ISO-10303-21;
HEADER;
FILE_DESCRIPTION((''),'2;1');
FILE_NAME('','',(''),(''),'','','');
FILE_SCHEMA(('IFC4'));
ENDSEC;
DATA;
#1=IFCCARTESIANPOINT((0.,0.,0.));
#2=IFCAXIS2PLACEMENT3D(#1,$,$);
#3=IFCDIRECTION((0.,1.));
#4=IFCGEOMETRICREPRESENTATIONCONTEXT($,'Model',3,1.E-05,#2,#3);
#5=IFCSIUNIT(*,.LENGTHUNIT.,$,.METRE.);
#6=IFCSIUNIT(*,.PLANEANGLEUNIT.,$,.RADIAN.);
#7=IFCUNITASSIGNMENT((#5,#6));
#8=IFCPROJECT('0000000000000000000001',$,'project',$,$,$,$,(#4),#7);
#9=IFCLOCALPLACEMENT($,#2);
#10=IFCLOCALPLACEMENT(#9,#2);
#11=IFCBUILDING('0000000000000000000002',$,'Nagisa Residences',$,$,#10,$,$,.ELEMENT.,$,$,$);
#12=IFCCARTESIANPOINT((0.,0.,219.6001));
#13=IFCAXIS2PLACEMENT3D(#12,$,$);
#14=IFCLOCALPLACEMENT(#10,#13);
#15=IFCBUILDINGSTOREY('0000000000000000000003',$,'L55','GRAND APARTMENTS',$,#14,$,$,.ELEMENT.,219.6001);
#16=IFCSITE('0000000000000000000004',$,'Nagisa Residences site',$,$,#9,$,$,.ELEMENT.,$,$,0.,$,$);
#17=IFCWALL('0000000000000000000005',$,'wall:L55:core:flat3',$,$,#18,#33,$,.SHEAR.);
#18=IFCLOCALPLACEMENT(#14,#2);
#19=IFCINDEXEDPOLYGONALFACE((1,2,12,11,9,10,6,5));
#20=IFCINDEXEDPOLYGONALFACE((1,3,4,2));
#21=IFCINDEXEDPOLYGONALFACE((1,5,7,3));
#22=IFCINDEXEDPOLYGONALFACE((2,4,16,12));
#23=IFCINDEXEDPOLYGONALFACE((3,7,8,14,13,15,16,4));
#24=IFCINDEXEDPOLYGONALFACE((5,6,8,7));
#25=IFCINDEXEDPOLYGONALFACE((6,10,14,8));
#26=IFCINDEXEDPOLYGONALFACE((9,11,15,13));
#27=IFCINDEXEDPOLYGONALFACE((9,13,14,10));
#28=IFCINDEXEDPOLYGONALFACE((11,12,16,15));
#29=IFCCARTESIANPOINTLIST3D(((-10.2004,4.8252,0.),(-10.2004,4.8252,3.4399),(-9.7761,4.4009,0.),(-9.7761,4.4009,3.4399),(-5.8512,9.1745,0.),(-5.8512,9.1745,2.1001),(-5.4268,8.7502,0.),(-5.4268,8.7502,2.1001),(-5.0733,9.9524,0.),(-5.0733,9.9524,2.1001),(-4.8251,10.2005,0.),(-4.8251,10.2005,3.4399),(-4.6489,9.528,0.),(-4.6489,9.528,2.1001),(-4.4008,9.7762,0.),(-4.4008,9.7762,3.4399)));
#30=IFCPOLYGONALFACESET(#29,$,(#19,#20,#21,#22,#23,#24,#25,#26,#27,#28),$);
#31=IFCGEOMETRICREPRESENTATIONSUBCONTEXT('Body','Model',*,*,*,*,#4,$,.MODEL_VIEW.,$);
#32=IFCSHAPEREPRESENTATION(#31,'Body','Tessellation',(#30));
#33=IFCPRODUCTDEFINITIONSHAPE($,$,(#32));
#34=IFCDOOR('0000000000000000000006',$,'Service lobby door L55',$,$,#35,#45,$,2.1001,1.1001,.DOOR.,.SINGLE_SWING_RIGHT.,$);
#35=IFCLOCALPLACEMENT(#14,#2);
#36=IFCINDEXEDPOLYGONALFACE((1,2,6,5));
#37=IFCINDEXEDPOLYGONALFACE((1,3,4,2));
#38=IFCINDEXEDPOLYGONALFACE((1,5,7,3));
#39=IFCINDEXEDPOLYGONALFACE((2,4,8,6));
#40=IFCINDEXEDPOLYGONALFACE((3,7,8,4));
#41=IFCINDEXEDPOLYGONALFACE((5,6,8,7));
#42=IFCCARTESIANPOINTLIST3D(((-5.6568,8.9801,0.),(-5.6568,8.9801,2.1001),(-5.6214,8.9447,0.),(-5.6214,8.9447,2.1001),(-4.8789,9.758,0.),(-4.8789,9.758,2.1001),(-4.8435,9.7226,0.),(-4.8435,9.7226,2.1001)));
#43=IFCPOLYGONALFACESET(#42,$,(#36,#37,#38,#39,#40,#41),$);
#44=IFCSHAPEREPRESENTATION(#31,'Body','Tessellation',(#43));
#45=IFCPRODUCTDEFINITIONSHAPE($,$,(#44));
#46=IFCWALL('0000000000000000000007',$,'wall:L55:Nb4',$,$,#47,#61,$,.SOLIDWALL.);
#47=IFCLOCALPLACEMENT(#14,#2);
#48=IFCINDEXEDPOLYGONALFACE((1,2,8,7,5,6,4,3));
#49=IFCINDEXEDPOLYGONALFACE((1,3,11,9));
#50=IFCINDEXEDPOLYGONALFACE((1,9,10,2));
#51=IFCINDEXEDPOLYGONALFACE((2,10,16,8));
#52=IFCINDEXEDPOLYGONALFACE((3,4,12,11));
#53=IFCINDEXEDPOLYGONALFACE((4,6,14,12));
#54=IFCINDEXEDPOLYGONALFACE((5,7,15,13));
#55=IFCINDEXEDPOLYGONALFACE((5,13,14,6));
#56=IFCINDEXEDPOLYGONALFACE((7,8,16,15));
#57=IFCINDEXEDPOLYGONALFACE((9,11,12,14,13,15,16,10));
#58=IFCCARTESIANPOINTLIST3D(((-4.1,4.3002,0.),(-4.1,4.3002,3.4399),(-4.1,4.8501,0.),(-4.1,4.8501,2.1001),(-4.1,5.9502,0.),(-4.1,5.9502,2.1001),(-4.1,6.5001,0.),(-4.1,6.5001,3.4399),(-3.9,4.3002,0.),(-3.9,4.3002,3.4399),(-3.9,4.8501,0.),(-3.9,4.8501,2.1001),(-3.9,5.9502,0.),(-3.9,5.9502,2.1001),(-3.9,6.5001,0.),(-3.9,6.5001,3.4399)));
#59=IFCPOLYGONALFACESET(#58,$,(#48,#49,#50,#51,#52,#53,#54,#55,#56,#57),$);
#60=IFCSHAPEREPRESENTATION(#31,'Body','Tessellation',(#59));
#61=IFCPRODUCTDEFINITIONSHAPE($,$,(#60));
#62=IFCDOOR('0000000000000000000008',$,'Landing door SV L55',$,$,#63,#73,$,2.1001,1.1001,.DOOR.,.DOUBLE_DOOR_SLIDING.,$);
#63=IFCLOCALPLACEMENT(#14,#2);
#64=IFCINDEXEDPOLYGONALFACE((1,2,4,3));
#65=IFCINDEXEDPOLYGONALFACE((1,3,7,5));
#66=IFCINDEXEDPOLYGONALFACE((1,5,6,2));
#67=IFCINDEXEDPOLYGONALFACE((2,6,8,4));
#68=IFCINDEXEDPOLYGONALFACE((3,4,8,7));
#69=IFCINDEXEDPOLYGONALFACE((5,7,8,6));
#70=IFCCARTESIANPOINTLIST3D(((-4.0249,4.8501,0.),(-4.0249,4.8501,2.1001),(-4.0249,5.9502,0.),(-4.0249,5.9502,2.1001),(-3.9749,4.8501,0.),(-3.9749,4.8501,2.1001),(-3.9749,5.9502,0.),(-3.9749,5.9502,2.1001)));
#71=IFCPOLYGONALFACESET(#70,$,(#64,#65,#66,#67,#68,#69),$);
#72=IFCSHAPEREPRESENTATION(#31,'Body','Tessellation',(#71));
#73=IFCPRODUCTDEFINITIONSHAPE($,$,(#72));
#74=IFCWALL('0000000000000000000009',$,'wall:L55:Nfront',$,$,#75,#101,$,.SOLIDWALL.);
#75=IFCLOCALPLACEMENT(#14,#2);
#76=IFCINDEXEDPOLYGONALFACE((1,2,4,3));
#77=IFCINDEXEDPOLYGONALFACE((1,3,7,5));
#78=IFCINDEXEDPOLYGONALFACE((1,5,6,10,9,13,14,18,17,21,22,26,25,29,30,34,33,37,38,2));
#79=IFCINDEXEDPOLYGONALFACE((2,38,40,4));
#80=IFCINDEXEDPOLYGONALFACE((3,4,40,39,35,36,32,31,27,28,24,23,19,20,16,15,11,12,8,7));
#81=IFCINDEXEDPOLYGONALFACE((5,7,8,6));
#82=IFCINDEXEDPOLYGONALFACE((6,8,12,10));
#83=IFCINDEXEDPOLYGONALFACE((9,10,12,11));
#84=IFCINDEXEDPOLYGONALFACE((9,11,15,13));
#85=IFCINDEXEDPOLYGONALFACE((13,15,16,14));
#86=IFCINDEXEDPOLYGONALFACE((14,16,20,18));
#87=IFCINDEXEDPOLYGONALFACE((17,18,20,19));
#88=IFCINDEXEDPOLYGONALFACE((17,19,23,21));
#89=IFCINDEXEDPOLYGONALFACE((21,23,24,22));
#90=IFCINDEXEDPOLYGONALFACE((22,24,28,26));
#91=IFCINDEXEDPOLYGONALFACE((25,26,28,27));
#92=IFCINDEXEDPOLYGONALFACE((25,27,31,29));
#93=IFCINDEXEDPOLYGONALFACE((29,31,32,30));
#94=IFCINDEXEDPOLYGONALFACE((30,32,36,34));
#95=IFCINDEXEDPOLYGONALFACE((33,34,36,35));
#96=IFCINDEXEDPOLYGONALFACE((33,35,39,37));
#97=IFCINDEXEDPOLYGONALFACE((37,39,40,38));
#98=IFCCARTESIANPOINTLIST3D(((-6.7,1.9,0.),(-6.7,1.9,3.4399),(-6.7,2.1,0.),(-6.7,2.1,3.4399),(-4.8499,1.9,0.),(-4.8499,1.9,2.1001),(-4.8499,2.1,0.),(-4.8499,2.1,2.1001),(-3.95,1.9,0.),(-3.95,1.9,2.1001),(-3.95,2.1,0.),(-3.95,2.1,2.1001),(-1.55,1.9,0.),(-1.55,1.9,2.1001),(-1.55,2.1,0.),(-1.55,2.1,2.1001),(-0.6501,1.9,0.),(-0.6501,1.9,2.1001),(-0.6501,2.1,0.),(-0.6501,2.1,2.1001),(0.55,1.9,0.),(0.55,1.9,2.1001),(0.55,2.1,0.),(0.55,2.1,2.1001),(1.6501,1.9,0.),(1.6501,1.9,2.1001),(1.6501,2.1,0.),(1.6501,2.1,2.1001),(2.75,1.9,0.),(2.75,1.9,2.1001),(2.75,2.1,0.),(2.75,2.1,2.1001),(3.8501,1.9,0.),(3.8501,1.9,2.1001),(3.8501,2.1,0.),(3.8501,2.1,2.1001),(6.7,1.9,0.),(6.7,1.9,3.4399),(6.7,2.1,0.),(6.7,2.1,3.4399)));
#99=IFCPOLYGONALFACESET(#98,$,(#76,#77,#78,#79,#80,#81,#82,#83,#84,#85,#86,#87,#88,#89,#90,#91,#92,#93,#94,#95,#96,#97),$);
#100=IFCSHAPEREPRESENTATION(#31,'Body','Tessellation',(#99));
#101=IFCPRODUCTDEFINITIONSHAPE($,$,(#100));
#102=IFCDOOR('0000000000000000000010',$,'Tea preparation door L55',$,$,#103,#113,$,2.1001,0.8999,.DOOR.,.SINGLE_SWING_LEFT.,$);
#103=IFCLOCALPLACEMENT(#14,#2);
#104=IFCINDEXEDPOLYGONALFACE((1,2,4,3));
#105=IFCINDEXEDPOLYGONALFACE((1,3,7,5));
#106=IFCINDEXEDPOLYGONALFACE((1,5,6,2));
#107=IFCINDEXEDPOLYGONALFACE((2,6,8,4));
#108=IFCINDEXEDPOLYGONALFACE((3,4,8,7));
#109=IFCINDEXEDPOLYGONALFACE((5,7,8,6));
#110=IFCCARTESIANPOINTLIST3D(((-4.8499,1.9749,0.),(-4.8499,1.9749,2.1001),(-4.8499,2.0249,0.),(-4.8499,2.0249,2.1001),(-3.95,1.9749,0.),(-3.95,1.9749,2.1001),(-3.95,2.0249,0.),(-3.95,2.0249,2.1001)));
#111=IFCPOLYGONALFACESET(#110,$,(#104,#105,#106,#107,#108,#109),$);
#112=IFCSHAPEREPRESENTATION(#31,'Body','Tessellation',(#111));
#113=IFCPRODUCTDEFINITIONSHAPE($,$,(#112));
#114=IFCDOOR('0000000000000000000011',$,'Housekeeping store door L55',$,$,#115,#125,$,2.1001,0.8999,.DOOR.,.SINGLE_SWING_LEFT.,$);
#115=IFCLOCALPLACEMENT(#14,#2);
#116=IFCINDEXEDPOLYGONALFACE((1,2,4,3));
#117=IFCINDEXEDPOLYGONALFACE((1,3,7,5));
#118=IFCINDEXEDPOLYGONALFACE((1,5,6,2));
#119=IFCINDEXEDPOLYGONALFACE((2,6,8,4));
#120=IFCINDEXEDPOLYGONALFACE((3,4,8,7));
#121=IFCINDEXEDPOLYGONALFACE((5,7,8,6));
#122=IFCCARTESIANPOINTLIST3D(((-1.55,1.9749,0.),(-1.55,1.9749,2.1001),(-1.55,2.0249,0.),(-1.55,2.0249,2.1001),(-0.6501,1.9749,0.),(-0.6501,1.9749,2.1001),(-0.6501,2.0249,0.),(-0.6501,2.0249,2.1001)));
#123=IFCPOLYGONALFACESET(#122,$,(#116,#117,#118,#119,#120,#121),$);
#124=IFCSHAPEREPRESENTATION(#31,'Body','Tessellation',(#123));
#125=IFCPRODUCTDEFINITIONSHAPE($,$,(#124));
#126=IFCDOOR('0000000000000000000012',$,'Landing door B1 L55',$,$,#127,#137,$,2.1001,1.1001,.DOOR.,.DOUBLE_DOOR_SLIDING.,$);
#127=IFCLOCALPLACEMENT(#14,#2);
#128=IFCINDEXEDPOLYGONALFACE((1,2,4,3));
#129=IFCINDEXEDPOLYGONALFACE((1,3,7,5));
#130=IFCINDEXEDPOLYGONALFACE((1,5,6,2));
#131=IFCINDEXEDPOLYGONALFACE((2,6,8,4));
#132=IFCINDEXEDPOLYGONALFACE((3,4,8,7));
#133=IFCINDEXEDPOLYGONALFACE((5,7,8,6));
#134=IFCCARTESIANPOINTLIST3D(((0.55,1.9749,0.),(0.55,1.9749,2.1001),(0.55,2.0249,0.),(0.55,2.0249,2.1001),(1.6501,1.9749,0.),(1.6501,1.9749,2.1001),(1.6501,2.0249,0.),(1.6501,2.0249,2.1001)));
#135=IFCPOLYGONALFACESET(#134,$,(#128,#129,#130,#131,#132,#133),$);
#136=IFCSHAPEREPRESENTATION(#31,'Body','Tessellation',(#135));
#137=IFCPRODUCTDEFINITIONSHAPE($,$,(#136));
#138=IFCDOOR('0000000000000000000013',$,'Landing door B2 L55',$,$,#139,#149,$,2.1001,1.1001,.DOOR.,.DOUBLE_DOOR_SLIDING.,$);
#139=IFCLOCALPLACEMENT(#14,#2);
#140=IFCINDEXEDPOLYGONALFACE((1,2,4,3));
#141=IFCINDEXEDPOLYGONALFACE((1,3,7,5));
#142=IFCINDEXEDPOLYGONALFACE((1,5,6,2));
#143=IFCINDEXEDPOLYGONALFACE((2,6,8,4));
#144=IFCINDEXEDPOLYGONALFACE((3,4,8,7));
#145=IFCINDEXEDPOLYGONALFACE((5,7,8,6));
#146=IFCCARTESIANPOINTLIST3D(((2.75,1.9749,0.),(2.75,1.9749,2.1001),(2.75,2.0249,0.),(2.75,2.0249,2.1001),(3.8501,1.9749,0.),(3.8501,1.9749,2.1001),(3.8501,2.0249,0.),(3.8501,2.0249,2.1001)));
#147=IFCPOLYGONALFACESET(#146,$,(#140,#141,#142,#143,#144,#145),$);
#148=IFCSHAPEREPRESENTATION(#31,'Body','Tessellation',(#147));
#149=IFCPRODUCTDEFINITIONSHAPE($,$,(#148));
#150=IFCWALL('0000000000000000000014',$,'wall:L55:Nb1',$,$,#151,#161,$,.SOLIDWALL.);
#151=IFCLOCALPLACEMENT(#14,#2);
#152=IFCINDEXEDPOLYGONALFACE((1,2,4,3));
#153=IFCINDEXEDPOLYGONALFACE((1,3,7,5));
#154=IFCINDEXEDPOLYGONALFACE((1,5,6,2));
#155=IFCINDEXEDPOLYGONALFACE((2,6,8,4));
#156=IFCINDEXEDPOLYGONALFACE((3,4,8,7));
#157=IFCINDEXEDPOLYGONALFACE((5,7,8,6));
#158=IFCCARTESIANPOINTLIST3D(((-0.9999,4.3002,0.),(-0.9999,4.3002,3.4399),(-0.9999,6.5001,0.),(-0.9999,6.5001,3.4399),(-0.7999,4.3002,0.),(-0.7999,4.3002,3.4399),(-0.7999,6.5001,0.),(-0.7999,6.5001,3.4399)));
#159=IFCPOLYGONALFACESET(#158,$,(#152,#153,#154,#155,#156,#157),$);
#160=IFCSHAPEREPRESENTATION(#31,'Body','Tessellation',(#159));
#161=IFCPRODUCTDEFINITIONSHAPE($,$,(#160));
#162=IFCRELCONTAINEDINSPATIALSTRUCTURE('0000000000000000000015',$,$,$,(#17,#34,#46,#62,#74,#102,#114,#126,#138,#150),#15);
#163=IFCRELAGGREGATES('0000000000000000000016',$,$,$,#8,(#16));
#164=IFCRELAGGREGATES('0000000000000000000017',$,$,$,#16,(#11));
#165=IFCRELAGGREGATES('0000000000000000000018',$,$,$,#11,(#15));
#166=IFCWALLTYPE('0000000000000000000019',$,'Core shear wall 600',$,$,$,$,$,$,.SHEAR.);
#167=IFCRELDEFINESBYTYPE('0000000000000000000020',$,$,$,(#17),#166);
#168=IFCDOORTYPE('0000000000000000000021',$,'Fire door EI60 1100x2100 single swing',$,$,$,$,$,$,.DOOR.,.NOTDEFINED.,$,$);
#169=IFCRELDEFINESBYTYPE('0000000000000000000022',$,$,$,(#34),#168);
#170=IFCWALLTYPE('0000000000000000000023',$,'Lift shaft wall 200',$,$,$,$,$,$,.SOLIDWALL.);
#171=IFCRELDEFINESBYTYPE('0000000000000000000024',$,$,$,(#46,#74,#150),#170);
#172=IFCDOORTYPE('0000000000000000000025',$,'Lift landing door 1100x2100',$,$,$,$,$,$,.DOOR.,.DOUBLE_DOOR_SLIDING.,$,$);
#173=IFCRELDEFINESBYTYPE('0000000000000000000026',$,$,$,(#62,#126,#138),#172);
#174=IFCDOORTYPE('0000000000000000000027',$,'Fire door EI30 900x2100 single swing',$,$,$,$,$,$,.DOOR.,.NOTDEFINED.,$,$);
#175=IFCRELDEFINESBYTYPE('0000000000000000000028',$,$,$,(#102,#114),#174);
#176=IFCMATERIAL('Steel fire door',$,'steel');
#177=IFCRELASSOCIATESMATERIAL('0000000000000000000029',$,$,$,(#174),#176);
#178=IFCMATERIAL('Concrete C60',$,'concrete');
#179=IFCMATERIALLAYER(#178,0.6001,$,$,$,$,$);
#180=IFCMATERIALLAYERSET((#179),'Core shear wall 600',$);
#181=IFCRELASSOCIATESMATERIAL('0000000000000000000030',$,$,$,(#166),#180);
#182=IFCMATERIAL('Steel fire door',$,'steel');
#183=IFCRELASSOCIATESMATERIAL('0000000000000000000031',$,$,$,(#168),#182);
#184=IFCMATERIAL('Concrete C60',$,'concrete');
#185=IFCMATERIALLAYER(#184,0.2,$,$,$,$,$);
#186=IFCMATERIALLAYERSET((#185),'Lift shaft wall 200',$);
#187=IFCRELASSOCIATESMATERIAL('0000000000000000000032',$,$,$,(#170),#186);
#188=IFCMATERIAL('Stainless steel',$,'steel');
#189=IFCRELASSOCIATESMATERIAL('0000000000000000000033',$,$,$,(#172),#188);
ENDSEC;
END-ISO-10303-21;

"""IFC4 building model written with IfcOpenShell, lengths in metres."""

from ifc_helpers import new_model, si_unit, direction, frame, frame_2d, origin, place, context, subcontext, project, spatial, rectangle, extrude, material, layer, layer_set, type_object, element, fill, save


model = new_model("IFC4")

# Units and contexts
model_context = context("Model", 3, precision=1e-05, world=origin(), true_north=direction((0.0, 1.0)))
body_context = subcontext(model_context, "Body", "Model", "MODEL_VIEW")
ifc_project = project(units=[si_unit("LENGTHUNIT", "METRE"), si_unit("PLANEANGLEUNIT", "RADIAN")], contexts=[model_context])

# Site, building, storey
site_placement = place(None, origin())
site = spatial("IfcSite", under=ifc_project, at=site_placement, Name="Nagisa Residences site", CompositionType="ELEMENT", RefElevation=0.0)
building_placement = place(site_placement, origin())
building = spatial("IfcBuilding", under=site, at=building_placement, Name="Nagisa Residences", CompositionType="ELEMENT")
storey_placement = place(building_placement, frame((0.0, 0.0, 219.6001)))
storey = spatial("IfcBuildingStorey", under=building, at=storey_placement, Name="L55", Description="GRAND APARTMENTS", CompositionType="ELEMENT", Elevation=219.6001)

# Shared definitions
ifc_material_1 = material(Name="Steel fire door", Category="steel")
door_type_1 = type_object("IfcDoorType", Name="Fire door EI30 900x2100 single swing", OperationType="NOTDEFINED", PredefinedType="DOOR", material=ifc_material_1)

# Walls, openings, doors
ifc_material_2 = material(Name="Concrete C60", Category="concrete")
ifc_layer_1 = layer(ifc_material_2, 0.6001)
ifc_layer_set_1 = layer_set([ifc_layer_1], Name="Core shear wall 600")
wall_type_1 = type_object("IfcWallType", Name="Core shear wall 600", PredefinedType="SHEAR", material=ifc_layer_set_1)
wall_1_placement = place(storey_placement, frame((-4.613, 9.9883, 0.0), z_axis=(0.0, 0.0, 1.0), x_axis=(-0.707107, -0.707107, 0.0)))
wall_1 = element("IfcWall", 1, at=wall_1_placement, inside=storey, type_object=wall_type_1, Name="wall:L55:core:flat3", PredefinedType="SHEAR", context=body_context, shape_type="SweptSolid", body=[
    extrude(rectangle(XDim=7.6018, YDim=0.6001, at=frame_2d((3.8008, 0.0))), origin(), (0.0, 0.0, 1.0), 3.4399),
])
opening_1_placement = place(wall_1_placement, frame((0.3508, 0.0, 0.0)))
opening_1 = element("IfcOpeningElement", 2, at=opening_1_placement, cuts=wall_1, PredefinedType="OPENING", context=body_context, shape_type="SweptSolid", body=[
    extrude(rectangle(XDim=1.1001, YDim=2.1001, at=frame_2d((0.55, 1.05))), frame((0.0, 0.3101, 0.0), z_axis=(0.0, -1.0, 0.0), x_axis=(1.0, 0.0, 0.0)), (0.0, 0.0, 1.0), 0.6201),
])
ifc_material_3 = material(Name="Steel fire door", Category="steel")
door_type_2 = type_object("IfcDoorType", Name="Fire door EI60 1100x2100 single swing", OperationType="NOTDEFINED", PredefinedType="DOOR", material=ifc_material_3)
door_1_placement = place(opening_1_placement, origin())
door_1 = element("IfcDoor", 3, at=door_1_placement, inside=storey, type_object=door_type_2, Name="Service lobby door L55", OperationType="SINGLE_SWING_RIGHT", OverallHeight=2.1001, OverallWidth=1.1001, PredefinedType="DOOR", context=body_context, shape_type="SweptSolid", body=[
    extrude(rectangle(XDim=1.1001, YDim=2.1001, at=frame_2d((0.55, 1.05))), frame((0.0, 0.0249, 0.0), z_axis=(0.0, -1.0, 0.0), x_axis=(1.0, 0.0, 0.0)), (0.0, 0.0, 1.0), 0.05),
])
fill(opening_1, door_1)
ifc_material_4 = material(Name="Concrete C60", Category="concrete")
ifc_layer_2 = layer(ifc_material_4, 0.2)
ifc_layer_set_2 = layer_set([ifc_layer_2], Name="Lift shaft wall 200")
wall_type_2 = type_object("IfcWallType", Name="Lift shaft wall 200", PredefinedType="SOLIDWALL", material=ifc_layer_set_2)
wall_2_placement = place(storey_placement, frame((-4.0, 4.3, 0.0), z_axis=(0.0, 0.0, 1.0), x_axis=(0.0, 1.0, 0.0)))
wall_2 = element("IfcWall", 4, at=wall_2_placement, inside=storey, type_object=wall_type_2, Name="wall:L55:Nb4", PredefinedType="SOLIDWALL", context=body_context, shape_type="SweptSolid", body=[
    extrude(rectangle(XDim=2.2, YDim=0.2, at=frame_2d((1.1001, 0.0))), origin(), (0.0, 0.0, 1.0), 3.4399),
])
opening_2_placement = place(wall_2_placement, frame((0.55, 0.0, 0.0)))
opening_2 = element("IfcOpeningElement", 5, at=opening_2_placement, cuts=wall_2, PredefinedType="OPENING", context=body_context, shape_type="SweptSolid", body=[
    extrude(rectangle(XDim=1.1001, YDim=2.1001, at=frame_2d((0.55, 1.05))), frame((0.0, 0.1099, 0.0), z_axis=(0.0, -1.0, 0.0), x_axis=(1.0, 0.0, 0.0)), (0.0, 0.0, 1.0), 0.22),
])
ifc_material_5 = material(Name="Stainless steel", Category="steel")
door_type_3 = type_object("IfcDoorType", Name="Lift landing door 1100x2100", OperationType="DOUBLE_DOOR_SLIDING", PredefinedType="DOOR", material=ifc_material_5)
door_2_placement = place(opening_2_placement, origin())
door_2 = element("IfcDoor", 6, at=door_2_placement, inside=storey, type_object=door_type_3, Name="Landing door SV L55", OperationType="DOUBLE_DOOR_SLIDING", OverallHeight=2.1001, OverallWidth=1.1001, PredefinedType="DOOR", context=body_context, shape_type="SweptSolid", body=[
    extrude(rectangle(XDim=1.1001, YDim=2.1001, at=frame_2d((0.55, 1.05))), frame((0.0, 0.0249, 0.0), z_axis=(0.0, -1.0, 0.0), x_axis=(1.0, 0.0, 0.0)), (0.0, 0.0, 1.0), 0.05),
])
fill(opening_2, door_2)

# Wall, openings, doors
wall_3_placement = place(storey_placement, frame((-6.7, 2.0, 0.0), z_axis=(0.0, 0.0, 1.0), x_axis=(1.0, 0.0, 0.0)))
wall_3 = element("IfcWall", 7, at=wall_3_placement, inside=storey, type_object=wall_type_2, Name="wall:L55:Nfront", PredefinedType="SOLIDWALL", context=body_context, shape_type="SweptSolid", body=[
    extrude(rectangle(XDim=13.3999, YDim=0.2, at=frame_2d((6.7, 0.0))), origin(), (0.0, 0.0, 1.0), 3.4399),
])
opening_3_placement = place(wall_3_placement, frame((7.25, 0.0, 0.0)))
opening_3 = element("IfcOpeningElement", 8, at=opening_3_placement, cuts=wall_3, PredefinedType="OPENING", context=body_context, shape_type="SweptSolid", body=[
    extrude(rectangle(XDim=1.1001, YDim=2.1001, at=frame_2d((0.55, 1.05))), frame((0.0, 0.1099, 0.0), z_axis=(0.0, -1.0, 0.0), x_axis=(1.0, 0.0, 0.0)), (0.0, 0.0, 1.0), 0.22),
])
opening_4_placement = place(wall_3_placement, frame((9.45, 0.0, 0.0)))
opening_4 = element("IfcOpeningElement", 9, at=opening_4_placement, cuts=wall_3, PredefinedType="OPENING", context=body_context, shape_type="SweptSolid", body=[
    extrude(rectangle(XDim=1.1001, YDim=2.1001, at=frame_2d((0.55, 1.05))), frame((0.0, 0.1099, 0.0), z_axis=(0.0, -1.0, 0.0), x_axis=(1.0, 0.0, 0.0)), (0.0, 0.0, 1.0), 0.22),
])
opening_5_placement = place(wall_3_placement, frame((1.8501, 0.0, 0.0)))
opening_5 = element("IfcOpeningElement", 10, at=opening_5_placement, cuts=wall_3, PredefinedType="OPENING", context=body_context, shape_type="SweptSolid", body=[
    extrude(rectangle(XDim=0.8999, YDim=2.1001, at=frame_2d((0.45, 1.05))), frame((0.0, 0.1099, 0.0), z_axis=(0.0, -1.0, 0.0), x_axis=(1.0, 0.0, 0.0)), (0.0, 0.0, 1.0), 0.22),
])
opening_6_placement = place(wall_3_placement, frame((5.1499, 0.0, 0.0)))
opening_6 = element("IfcOpeningElement", 11, at=opening_6_placement, cuts=wall_3, PredefinedType="OPENING", context=body_context, shape_type="SweptSolid", body=[
    extrude(rectangle(XDim=0.8999, YDim=2.1001, at=frame_2d((0.45, 1.05))), frame((0.0, 0.1099, 0.0), z_axis=(0.0, -1.0, 0.0), x_axis=(1.0, 0.0, 0.0)), (0.0, 0.0, 1.0), 0.22),
])
door_3_placement = place(opening_5_placement, origin())
door_3 = element("IfcDoor", 12, at=door_3_placement, inside=storey, type_object=door_type_1, Name="Tea preparation door L55", OperationType="SINGLE_SWING_LEFT", OverallHeight=2.1001, OverallWidth=0.8999, PredefinedType="DOOR", context=body_context, shape_type="SweptSolid", body=[
    extrude(rectangle(XDim=0.8999, YDim=2.1001, at=frame_2d((0.45, 1.05))), frame((0.0, 0.0249, 0.0), z_axis=(0.0, -1.0, 0.0), x_axis=(1.0, 0.0, 0.0)), (0.0, 0.0, 1.0), 0.05),
])
fill(opening_5, door_3)
door_4_placement = place(opening_6_placement, origin())
door_4 = element("IfcDoor", 13, at=door_4_placement, inside=storey, type_object=door_type_1, Name="Housekeeping store door L55", OperationType="SINGLE_SWING_LEFT", OverallHeight=2.1001, OverallWidth=0.8999, PredefinedType="DOOR", context=body_context, shape_type="SweptSolid", body=[
    extrude(rectangle(XDim=0.8999, YDim=2.1001, at=frame_2d((0.45, 1.05))), frame((0.0, 0.0249, 0.0), z_axis=(0.0, -1.0, 0.0), x_axis=(1.0, 0.0, 0.0)), (0.0, 0.0, 1.0), 0.05),
])
fill(opening_6, door_4)
door_5_placement = place(opening_3_placement, origin())
door_5 = element("IfcDoor", 14, at=door_5_placement, inside=storey, type_object=door_type_3, Name="Landing door B1 L55", OperationType="DOUBLE_DOOR_SLIDING", OverallHeight=2.1001, OverallWidth=1.1001, PredefinedType="DOOR", context=body_context, shape_type="SweptSolid", body=[
    extrude(rectangle(XDim=1.1001, YDim=2.1001, at=frame_2d((0.55, 1.05))), frame((0.0, 0.0249, 0.0), z_axis=(0.0, -1.0, 0.0), x_axis=(1.0, 0.0, 0.0)), (0.0, 0.0, 1.0), 0.05),
])
fill(opening_3, door_5)
door_6_placement = place(opening_4_placement, origin())
door_6 = element("IfcDoor", 15, at=door_6_placement, inside=storey, type_object=door_type_3, Name="Landing door B2 L55", OperationType="DOUBLE_DOOR_SLIDING", OverallHeight=2.1001, OverallWidth=1.1001, PredefinedType="DOOR", context=body_context, shape_type="SweptSolid", body=[
    extrude(rectangle(XDim=1.1001, YDim=2.1001, at=frame_2d((0.55, 1.05))), frame((0.0, 0.0249, 0.0), z_axis=(0.0, -1.0, 0.0), x_axis=(1.0, 0.0, 0.0)), (0.0, 0.0, 1.0), 0.05),
])
fill(opening_4, door_6)

# Wall
wall_4_placement = place(storey_placement, frame((-0.8999, 4.3, 0.0), z_axis=(0.0, 0.0, 1.0), x_axis=(0.0, 1.0, 0.0)))
element("IfcWall", 16, at=wall_4_placement, inside=storey, type_object=wall_type_2, Name="wall:L55:Nb1", PredefinedType="SOLIDWALL", context=body_context, shape_type="SweptSolid", body=[
    extrude(rectangle(XDim=2.2, YDim=0.2, at=frame_2d((1.1001, 0.0))), origin(), (0.0, 0.0, 1.0), 3.4399),
])

save(model, "model.ifc")
